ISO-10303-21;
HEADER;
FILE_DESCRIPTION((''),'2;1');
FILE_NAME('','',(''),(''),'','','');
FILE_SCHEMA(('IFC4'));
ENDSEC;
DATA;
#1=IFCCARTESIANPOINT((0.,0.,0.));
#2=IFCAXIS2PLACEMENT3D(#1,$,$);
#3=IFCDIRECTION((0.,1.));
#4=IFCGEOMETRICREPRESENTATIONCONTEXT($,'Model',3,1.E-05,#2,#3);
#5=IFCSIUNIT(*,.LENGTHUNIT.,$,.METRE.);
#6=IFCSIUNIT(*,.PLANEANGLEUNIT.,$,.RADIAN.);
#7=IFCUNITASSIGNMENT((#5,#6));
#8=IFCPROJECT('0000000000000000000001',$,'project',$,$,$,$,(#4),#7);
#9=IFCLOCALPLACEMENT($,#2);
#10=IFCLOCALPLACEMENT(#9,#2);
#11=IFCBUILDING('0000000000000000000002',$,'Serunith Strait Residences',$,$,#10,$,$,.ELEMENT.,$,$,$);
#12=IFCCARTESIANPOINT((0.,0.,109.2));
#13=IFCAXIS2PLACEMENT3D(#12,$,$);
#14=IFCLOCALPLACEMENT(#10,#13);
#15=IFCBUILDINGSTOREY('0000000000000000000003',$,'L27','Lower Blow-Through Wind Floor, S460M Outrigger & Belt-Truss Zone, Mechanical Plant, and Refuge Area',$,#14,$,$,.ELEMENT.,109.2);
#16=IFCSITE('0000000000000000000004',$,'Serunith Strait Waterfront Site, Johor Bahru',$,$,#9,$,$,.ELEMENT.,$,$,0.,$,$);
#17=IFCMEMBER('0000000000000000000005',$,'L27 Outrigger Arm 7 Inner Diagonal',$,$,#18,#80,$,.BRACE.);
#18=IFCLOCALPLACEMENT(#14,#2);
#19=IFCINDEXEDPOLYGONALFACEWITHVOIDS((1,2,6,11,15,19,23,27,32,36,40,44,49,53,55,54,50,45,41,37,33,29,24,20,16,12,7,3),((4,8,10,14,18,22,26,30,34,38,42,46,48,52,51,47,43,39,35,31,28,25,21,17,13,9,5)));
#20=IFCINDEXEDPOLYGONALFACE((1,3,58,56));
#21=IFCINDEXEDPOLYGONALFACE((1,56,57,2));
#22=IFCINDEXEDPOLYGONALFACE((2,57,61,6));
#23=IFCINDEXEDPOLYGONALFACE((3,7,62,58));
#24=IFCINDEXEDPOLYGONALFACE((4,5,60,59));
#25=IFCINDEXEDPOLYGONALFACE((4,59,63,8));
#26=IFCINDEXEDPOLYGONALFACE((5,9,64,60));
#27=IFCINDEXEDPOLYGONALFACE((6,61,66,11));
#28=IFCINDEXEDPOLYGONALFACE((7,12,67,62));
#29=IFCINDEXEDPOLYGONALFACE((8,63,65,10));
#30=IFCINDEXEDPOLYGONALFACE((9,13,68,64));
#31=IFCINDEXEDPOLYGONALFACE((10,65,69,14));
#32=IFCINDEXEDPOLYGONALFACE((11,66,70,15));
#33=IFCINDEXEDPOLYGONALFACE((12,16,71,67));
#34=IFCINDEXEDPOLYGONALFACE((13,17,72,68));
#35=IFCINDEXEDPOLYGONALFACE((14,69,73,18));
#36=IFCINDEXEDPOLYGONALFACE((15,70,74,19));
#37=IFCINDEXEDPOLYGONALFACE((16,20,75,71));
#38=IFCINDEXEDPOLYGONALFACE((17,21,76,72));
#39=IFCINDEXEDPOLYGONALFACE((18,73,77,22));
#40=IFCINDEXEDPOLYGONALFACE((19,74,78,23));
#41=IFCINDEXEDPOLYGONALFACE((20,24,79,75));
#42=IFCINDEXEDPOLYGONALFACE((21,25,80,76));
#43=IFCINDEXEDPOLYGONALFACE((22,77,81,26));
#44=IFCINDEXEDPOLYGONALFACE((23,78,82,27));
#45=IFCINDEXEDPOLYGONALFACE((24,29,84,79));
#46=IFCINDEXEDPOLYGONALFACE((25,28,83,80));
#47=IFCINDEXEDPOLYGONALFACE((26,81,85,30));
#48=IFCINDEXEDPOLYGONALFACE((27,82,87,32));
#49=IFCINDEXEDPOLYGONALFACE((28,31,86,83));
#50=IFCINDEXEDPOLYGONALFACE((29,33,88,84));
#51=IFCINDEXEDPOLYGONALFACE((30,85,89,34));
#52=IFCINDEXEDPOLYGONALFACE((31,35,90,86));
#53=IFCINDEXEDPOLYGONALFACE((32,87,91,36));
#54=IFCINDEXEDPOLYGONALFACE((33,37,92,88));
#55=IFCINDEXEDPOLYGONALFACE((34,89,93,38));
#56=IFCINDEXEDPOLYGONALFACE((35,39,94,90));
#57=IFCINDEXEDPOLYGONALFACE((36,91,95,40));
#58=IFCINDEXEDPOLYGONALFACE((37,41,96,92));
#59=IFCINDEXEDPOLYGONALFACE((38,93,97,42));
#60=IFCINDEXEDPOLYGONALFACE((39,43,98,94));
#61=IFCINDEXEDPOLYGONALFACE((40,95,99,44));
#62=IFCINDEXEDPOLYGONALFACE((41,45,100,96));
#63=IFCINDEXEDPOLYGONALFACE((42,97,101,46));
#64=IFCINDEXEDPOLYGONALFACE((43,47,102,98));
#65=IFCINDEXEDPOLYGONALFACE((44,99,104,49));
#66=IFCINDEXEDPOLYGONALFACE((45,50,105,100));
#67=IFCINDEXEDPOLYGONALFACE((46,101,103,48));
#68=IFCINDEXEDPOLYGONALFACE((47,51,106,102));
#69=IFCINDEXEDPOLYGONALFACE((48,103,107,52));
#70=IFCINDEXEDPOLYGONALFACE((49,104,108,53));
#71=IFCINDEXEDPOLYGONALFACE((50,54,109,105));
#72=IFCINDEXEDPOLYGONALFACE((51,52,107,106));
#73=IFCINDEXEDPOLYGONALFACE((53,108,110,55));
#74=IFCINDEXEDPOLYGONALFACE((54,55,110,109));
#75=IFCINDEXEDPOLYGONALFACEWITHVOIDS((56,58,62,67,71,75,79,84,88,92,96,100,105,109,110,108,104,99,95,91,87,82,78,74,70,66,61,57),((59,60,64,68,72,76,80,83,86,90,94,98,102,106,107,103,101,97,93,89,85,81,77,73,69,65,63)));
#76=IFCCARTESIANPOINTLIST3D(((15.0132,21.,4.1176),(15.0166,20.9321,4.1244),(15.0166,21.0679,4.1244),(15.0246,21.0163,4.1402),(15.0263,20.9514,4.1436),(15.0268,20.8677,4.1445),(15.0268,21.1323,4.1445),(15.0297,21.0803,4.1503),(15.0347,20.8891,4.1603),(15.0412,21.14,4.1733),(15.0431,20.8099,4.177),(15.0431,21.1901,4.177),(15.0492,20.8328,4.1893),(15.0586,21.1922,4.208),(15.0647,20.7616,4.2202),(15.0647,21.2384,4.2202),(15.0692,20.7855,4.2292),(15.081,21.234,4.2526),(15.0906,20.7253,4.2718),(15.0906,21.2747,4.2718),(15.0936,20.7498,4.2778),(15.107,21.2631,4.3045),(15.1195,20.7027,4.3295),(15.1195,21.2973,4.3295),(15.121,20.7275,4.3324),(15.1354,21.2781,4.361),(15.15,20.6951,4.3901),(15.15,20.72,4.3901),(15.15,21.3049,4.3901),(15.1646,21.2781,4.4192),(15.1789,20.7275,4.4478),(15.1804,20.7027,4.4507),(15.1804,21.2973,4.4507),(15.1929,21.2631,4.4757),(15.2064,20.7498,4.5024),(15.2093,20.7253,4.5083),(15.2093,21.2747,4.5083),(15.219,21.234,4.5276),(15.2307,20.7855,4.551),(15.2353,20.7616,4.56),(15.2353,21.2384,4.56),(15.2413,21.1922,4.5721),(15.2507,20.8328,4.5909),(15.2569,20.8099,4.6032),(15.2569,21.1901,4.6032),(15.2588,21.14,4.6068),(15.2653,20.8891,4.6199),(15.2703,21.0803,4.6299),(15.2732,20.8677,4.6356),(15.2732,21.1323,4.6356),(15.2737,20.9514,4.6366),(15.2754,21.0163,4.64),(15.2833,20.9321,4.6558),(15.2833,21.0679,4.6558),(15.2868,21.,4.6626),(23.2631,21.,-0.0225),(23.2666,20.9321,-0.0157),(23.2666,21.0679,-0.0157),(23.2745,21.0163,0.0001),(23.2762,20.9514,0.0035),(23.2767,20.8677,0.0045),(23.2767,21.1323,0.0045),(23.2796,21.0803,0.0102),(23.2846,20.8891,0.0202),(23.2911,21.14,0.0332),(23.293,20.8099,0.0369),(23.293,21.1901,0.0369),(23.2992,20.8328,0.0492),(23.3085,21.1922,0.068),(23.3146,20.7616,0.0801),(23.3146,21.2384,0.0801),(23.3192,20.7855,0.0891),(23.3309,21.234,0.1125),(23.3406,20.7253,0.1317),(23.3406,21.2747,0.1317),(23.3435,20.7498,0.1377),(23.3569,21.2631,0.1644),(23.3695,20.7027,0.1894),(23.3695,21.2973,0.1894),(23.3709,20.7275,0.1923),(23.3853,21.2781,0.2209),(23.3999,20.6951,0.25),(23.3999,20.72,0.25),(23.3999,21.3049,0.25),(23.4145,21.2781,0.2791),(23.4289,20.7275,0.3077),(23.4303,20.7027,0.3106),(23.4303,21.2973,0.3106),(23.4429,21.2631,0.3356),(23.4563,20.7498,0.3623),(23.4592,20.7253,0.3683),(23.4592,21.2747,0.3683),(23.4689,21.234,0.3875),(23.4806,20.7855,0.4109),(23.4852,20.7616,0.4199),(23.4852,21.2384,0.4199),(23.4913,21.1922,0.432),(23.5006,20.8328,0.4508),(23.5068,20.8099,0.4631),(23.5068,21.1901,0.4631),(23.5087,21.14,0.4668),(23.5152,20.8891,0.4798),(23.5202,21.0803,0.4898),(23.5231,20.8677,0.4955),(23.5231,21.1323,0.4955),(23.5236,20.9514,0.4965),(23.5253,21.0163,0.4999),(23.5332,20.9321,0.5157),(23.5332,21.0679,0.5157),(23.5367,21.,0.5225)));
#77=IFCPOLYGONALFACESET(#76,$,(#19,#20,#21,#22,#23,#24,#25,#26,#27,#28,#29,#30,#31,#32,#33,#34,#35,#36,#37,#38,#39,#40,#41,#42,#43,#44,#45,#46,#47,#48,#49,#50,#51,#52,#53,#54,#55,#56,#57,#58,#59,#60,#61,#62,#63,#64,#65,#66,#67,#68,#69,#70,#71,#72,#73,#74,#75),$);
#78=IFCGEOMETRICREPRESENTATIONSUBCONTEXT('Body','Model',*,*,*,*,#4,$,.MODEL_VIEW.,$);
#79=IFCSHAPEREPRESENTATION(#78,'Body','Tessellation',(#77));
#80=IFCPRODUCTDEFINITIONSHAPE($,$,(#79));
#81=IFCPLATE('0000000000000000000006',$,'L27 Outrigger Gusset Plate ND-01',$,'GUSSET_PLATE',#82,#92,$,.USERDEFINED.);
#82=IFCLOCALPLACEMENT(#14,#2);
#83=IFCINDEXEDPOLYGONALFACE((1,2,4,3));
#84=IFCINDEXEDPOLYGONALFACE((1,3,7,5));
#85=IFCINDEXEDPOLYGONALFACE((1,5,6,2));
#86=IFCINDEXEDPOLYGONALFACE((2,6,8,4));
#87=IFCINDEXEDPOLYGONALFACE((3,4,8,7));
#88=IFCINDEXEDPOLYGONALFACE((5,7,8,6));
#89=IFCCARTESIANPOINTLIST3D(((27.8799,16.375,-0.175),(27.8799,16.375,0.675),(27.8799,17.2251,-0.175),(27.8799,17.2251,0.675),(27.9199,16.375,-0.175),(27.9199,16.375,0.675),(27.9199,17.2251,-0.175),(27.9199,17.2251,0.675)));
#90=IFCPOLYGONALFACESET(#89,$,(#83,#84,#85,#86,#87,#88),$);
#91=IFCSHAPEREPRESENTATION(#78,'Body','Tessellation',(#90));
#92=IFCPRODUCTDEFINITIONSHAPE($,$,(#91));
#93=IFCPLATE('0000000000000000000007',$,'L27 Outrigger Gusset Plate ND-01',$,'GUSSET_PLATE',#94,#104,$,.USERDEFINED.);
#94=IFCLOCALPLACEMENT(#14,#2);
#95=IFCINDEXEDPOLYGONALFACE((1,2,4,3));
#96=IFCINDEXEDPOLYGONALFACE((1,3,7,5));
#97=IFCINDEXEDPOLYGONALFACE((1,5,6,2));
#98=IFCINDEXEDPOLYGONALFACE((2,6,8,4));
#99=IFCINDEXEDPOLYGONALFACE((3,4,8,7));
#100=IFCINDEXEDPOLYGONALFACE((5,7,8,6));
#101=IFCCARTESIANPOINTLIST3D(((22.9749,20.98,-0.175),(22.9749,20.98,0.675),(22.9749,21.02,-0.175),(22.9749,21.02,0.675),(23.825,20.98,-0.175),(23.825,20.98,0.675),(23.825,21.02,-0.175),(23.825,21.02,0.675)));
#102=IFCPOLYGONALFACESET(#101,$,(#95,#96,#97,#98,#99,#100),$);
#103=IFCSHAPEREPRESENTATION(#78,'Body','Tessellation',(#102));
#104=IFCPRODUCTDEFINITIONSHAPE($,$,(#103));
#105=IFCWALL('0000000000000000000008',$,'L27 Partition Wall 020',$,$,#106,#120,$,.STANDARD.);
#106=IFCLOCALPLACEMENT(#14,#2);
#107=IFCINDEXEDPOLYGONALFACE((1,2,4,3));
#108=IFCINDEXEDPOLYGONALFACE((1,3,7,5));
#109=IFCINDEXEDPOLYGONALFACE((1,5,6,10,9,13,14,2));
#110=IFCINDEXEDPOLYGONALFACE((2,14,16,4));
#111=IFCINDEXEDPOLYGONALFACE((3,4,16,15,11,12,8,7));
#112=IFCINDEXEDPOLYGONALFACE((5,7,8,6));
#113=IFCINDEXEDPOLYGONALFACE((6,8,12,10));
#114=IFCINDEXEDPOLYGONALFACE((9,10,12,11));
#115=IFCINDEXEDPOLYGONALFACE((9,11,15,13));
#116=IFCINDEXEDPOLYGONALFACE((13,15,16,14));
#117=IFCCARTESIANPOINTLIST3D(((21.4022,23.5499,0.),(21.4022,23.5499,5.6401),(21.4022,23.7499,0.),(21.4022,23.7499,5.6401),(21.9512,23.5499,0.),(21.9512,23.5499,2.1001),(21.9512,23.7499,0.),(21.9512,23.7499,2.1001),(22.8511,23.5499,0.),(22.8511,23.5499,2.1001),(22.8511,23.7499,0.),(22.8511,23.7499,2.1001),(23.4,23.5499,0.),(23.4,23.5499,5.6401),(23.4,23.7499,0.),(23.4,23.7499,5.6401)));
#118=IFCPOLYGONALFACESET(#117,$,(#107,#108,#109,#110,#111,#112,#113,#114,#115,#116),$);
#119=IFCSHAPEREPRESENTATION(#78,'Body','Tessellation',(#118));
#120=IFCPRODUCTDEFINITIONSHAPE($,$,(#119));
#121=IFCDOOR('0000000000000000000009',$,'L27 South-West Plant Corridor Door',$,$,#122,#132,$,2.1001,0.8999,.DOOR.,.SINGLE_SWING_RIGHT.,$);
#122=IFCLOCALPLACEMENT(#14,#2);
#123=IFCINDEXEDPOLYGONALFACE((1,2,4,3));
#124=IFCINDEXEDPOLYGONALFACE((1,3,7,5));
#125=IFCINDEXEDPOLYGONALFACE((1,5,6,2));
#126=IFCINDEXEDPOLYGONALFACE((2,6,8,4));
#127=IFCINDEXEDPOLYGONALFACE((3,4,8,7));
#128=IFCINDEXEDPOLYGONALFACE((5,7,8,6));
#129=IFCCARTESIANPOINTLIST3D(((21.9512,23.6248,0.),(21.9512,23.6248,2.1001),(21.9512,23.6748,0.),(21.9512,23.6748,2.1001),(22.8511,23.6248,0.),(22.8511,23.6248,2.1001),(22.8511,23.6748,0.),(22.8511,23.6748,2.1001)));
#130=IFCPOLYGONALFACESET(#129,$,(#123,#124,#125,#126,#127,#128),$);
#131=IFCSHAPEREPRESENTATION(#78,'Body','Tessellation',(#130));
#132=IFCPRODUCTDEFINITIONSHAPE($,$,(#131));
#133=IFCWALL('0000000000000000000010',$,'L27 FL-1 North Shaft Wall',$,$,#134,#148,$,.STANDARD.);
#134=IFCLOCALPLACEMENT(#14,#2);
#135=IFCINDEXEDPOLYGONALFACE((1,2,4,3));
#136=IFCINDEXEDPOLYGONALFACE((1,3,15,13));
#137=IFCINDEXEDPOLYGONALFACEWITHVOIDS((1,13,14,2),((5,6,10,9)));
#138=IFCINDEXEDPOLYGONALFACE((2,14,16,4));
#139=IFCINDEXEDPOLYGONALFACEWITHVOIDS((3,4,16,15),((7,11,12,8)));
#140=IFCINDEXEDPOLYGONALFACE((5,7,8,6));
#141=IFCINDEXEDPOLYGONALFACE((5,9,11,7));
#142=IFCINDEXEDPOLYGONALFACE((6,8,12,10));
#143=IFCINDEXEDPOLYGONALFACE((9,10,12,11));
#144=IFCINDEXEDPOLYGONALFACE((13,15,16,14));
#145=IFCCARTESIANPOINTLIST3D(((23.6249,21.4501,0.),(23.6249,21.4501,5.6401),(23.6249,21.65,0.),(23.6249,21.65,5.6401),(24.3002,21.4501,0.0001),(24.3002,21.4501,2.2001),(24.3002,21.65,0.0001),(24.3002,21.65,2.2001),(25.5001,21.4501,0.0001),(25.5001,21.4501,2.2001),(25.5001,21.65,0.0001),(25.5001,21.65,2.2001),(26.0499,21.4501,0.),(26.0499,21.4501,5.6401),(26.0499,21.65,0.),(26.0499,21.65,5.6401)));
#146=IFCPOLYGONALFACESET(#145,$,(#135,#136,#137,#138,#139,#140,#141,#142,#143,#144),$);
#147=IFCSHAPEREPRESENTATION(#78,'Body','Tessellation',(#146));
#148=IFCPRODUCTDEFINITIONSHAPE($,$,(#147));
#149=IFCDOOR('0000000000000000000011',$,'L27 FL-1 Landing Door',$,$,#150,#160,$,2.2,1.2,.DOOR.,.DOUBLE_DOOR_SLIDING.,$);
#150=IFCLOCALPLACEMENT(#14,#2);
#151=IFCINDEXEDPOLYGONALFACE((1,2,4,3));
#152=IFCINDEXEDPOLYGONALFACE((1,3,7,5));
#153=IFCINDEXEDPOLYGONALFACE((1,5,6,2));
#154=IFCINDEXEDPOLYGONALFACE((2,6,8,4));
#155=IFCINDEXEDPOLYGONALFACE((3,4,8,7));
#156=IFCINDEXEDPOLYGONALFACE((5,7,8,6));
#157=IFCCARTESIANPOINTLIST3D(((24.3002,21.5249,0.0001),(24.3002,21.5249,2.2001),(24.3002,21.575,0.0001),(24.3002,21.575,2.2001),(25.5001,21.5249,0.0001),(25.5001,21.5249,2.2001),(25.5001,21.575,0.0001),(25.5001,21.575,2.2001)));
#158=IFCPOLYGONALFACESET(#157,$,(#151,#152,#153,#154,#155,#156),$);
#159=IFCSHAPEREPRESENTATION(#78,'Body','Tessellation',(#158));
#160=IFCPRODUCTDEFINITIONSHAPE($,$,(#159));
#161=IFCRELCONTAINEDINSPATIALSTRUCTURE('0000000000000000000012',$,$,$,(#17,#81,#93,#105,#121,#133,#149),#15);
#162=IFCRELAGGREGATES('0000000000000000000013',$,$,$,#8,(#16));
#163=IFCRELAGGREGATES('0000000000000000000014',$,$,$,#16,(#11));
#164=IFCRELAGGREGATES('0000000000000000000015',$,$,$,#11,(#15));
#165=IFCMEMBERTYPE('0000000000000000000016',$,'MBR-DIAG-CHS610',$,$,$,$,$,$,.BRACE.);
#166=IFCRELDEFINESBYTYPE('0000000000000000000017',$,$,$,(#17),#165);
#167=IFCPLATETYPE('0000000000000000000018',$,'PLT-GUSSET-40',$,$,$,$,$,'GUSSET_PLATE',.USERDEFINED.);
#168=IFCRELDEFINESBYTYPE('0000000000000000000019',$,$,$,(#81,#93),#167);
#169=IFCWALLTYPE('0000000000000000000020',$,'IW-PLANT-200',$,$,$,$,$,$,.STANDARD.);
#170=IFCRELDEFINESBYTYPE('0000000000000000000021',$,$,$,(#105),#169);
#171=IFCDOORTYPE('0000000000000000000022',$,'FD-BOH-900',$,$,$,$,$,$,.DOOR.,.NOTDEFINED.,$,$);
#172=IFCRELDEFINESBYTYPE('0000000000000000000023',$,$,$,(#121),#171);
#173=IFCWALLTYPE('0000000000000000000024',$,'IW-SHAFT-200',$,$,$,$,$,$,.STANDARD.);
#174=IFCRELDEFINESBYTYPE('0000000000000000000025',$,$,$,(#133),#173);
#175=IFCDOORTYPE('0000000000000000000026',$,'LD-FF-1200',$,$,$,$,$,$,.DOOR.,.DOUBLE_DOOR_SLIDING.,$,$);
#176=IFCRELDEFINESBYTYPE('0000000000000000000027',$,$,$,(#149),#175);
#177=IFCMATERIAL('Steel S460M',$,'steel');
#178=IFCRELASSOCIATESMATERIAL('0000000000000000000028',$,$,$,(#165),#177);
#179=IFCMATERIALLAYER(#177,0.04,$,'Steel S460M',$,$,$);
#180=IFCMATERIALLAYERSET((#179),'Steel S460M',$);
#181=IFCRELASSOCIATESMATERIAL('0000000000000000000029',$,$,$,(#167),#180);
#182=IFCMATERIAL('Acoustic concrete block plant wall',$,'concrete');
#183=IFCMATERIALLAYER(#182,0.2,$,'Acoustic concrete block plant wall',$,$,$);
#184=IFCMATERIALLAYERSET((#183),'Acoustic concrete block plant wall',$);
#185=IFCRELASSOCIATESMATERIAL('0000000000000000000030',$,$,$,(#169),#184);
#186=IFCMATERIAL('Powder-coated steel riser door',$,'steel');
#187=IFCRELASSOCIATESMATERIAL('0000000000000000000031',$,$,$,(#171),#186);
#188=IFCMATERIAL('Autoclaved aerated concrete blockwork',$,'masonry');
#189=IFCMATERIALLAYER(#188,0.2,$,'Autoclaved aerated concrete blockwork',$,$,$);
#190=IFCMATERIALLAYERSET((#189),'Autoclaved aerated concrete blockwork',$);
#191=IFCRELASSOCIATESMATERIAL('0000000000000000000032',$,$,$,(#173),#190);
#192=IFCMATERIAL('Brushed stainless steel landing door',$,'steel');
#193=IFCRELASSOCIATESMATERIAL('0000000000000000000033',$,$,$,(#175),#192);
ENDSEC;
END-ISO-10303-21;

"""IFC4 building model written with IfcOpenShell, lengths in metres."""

from ifc_helpers import new_model, si_unit, direction, frame, frame_2d, origin, origin_2d, place, context, subcontext, project, spatial, rectangle, hollow_circle, extrude, source, transform, mapped, material, layer, layer_set, material_profile, profile_set, type_object, element, fill, save


model = new_model("IFC4")

# Units and contexts
model_context = context("Model", 3, precision=1e-05, world=origin(), true_north=direction((0.0, 1.0)))
body_context = subcontext(model_context, "Body", "Model", "MODEL_VIEW")
ifc_project = project(units=[si_unit("LENGTHUNIT", "METRE"), si_unit("PLANEANGLEUNIT", "RADIAN")], contexts=[model_context])

# Site, building, storey
site_placement = place(None, origin())
site = spatial("IfcSite", under=ifc_project, at=site_placement, Name="Serunith Strait Waterfront Site, Johor Bahru", CompositionType="ELEMENT", RefElevation=0.0)
building_placement = place(site_placement, origin())
building = spatial("IfcBuilding", under=site, at=building_placement, Name="Serunith Strait Residences", CompositionType="ELEMENT")
storey_placement = place(building_placement, frame((0.0, 0.0, 109.2)))
storey = spatial("IfcBuildingStorey", under=building, at=storey_placement, Name="L27", Description="Lower Blow-Through Wind Floor, S460M Outrigger & Belt-Truss Zone, Mechanical Plant, and Refuge Area", CompositionType="ELEMENT", Elevation=109.2)

# Member
ifc_material_1 = material(Name="Steel S460M", Category="steel")
ifc_material_profile_1 = material_profile(ifc_material_1, hollow_circle(Radius=0.3049, WallThickness=0.0249, at=origin_2d()), Name="CHS 610x25")
ifc_profile_set_1 = profile_set([ifc_material_profile_1], Name="Steel S460M")
member_type_1 = type_object("IfcMemberType", Name="MBR-DIAG-CHS610", PredefinedType="BRACE", material=ifc_profile_set_1)
shared_shape_1 = source(origin(), body_context, "Body", "SweptSolid", [
    extrude(hollow_circle(Radius=0.3049, WallThickness=0.0249, at=origin_2d()), origin(), (0.0, 0.0, 1.0), 9.2305),
])
member_placement = place(storey_placement, frame((23.3999, 21.0, 0.25), z_axis=(-0.89377, 0.0, 0.448525), x_axis=(0.0, -1.0, 0.0)))
element("IfcMember", 1, at=member_placement, inside=storey, type_object=member_type_1, Name="L27 Outrigger Arm 7 Inner Diagonal", PredefinedType="BRACE", context=body_context, shape_type="MappedRepresentation", body=[
    mapped(shared_shape_1, transform((0.0, 0.0, 0.0), scale=1.0)),
])

# Plates
ifc_layer_1 = layer(ifc_material_1, 0.04, Name="Steel S460M")
ifc_layer_set_1 = layer_set([ifc_layer_1], Name="Steel S460M")
plate_type = type_object("IfcPlateType", Name="PLT-GUSSET-40", ElementType="GUSSET_PLATE", PredefinedType="USERDEFINED", material=ifc_layer_set_1)
shared_shape_2 = source(origin(), body_context, "Body", "SweptSolid", [
    extrude(rectangle(XDim=0.8501, YDim=0.04, at=origin_2d()), origin(), (0.0, 0.0, 1.0), 0.8501),
])
for number, where, z_axis, x_axis, name in (
    (2, (27.8999, 16.8, -0.175), (0.0, 0.0, 1.0), (0.0, -1.0, 0.0), "L27 Outrigger Gusset Plate ND-01"),
    (3, (23.3999, 21.0, -0.175), (0.0, 0.0, 1.0), (-1.0, 0.0, 0.0), "L27 Outrigger Gusset Plate ND-01"),
):
    element("IfcPlate", number, at=place(storey_placement, frame(where, z_axis=z_axis, x_axis=x_axis)), inside=storey, type_object=plate_type, Name=name, ObjectType="GUSSET_PLATE", PredefinedType="USERDEFINED", context=body_context, shape_type="MappedRepresentation", body=[
        mapped(shared_shape_2, transform((0.0, 0.0, 0.0), scale=1.0)),
    ])

# Walls, openings, doors
ifc_material_2 = material(Name="Acoustic concrete block plant wall", Category="concrete")
ifc_layer_2 = layer(ifc_material_2, 0.2, Name="Acoustic concrete block plant wall")
ifc_layer_set_2 = layer_set([ifc_layer_2], Name="Acoustic concrete block plant wall")
wall_type_1 = type_object("IfcWallType", Name="IW-PLANT-200", PredefinedType="STANDARD", material=ifc_layer_set_2)
wall_1_placement = place(storey_placement, frame((21.4021, 23.6499, 0.0), z_axis=(0.0, 0.0, 1.0), x_axis=(1.0, 0.0, 0.0)))
wall_1 = element("IfcWall", 4, at=wall_1_placement, inside=storey, type_object=wall_type_1, Name="L27 Partition Wall 020", PredefinedType="STANDARD", context=body_context, shape_type="SweptSolid", body=[
    extrude(rectangle(XDim=1.9978, YDim=0.2, at=frame_2d((0.999, 0.0))), origin(), (0.0, 0.0, 1.0), 5.6401),
])
opening_1_placement = place(wall_1_placement, frame((0.5491, 0.0, 0.0)))
opening_1 = element("IfcOpeningElement", 5, at=opening_1_placement, cuts=wall_1, PredefinedType="OPENING", context=body_context, shape_type="SweptSolid", body=[
    extrude(rectangle(XDim=0.8999, YDim=2.1001, at=frame_2d((0.45, 1.05))), frame((0.0, 0.1099, 0.0), z_axis=(0.0, -1.0, 0.0), x_axis=(1.0, 0.0, 0.0)), (0.0, 0.0, 1.0), 0.22),
])
ifc_material_3 = material(Name="Powder-coated steel riser door", Category="steel")
door_type_1 = type_object("IfcDoorType", Name="FD-BOH-900", OperationType="NOTDEFINED", PredefinedType="DOOR", material=ifc_material_3)
shared_shape_3 = source(origin(), body_context, "Body", "SweptSolid", [
    extrude(rectangle(XDim=0.8999, YDim=2.1001, at=frame_2d((0.45, 1.05))), frame((0.0, 0.0249, 0.0), z_axis=(0.0, -1.0, 0.0), x_axis=(1.0, 0.0, 0.0)), (0.0, 0.0, 1.0), 0.05),
])
door_1_placement = place(opening_1_placement, origin())
door_1 = element("IfcDoor", 6, at=door_1_placement, inside=storey, type_object=door_type_1, Name="L27 South-West Plant Corridor Door", OperationType="SINGLE_SWING_RIGHT", OverallHeight=2.1001, OverallWidth=0.8999, PredefinedType="DOOR", context=body_context, shape_type="MappedRepresentation", body=[
    mapped(shared_shape_3, transform((0.0, 0.0, 0.0), scale=1.0)),
])
fill(opening_1, door_1)
ifc_material_4 = material(Name="Autoclaved aerated concrete blockwork", Category="masonry")
ifc_layer_3 = layer(ifc_material_4, 0.2, Name="Autoclaved aerated concrete blockwork")
ifc_layer_set_3 = layer_set([ifc_layer_3], Name="Autoclaved aerated concrete blockwork")
wall_type_2 = type_object("IfcWallType", Name="IW-SHAFT-200", PredefinedType="STANDARD", material=ifc_layer_set_3)
wall_2_placement = place(storey_placement, frame((23.625, 21.55, 0.0), z_axis=(0.0, 0.0, 1.0), x_axis=(1.0, 0.0, 0.0)))
wall_2 = element("IfcWall", 7, at=wall_2_placement, inside=storey, type_object=wall_type_2, Name="L27 FL-1 North Shaft Wall", PredefinedType="STANDARD", context=body_context, shape_type="SweptSolid", body=[
    extrude(rectangle(XDim=2.425, YDim=0.2, at=frame_2d((1.2124, 0.0))), origin(), (0.0, 0.0, 1.0), 5.6401),
])
opening_2_placement = place(wall_2_placement, frame((0.675, 0.0, 0.0)))
opening_2 = element("IfcOpeningElement", 8, at=opening_2_placement, cuts=wall_2, PredefinedType="OPENING", context=body_context, shape_type="SweptSolid", body=[
    extrude(rectangle(XDim=1.2, YDim=2.2, at=frame_2d((0.6001, 1.1001))), frame((0.0, 0.1099, 0.0), z_axis=(0.0, -1.0, 0.0), x_axis=(1.0, 0.0, 0.0)), (0.0, 0.0, 1.0), 0.22),
])
ifc_material_5 = material(Name="Brushed stainless steel landing door", Category="steel")
door_type_2 = type_object("IfcDoorType", Name="LD-FF-1200", OperationType="DOUBLE_DOOR_SLIDING", PredefinedType="DOOR", material=ifc_material_5)
shared_shape_4 = source(origin(), body_context, "Body", "SweptSolid", [
    extrude(rectangle(XDim=1.2, YDim=2.2, at=frame_2d((0.6001, 1.1001))), frame((0.0, 0.0249, 0.0), z_axis=(0.0, -1.0, 0.0), x_axis=(1.0, 0.0, 0.0)), (0.0, 0.0, 1.0), 0.05),
])
door_2_placement = place(opening_2_placement, origin())
door_2 = element("IfcDoor", 9, at=door_2_placement, inside=storey, type_object=door_type_2, Name="L27 FL-1 Landing Door", OperationType="DOUBLE_DOOR_SLIDING", OverallHeight=2.2, OverallWidth=1.2, PredefinedType="DOOR", context=body_context, shape_type="MappedRepresentation", body=[
    mapped(shared_shape_4, transform((0.0, 0.0, 0.0), scale=1.0)),
])
fill(opening_2, door_2)

save(model, "model.ifc")
